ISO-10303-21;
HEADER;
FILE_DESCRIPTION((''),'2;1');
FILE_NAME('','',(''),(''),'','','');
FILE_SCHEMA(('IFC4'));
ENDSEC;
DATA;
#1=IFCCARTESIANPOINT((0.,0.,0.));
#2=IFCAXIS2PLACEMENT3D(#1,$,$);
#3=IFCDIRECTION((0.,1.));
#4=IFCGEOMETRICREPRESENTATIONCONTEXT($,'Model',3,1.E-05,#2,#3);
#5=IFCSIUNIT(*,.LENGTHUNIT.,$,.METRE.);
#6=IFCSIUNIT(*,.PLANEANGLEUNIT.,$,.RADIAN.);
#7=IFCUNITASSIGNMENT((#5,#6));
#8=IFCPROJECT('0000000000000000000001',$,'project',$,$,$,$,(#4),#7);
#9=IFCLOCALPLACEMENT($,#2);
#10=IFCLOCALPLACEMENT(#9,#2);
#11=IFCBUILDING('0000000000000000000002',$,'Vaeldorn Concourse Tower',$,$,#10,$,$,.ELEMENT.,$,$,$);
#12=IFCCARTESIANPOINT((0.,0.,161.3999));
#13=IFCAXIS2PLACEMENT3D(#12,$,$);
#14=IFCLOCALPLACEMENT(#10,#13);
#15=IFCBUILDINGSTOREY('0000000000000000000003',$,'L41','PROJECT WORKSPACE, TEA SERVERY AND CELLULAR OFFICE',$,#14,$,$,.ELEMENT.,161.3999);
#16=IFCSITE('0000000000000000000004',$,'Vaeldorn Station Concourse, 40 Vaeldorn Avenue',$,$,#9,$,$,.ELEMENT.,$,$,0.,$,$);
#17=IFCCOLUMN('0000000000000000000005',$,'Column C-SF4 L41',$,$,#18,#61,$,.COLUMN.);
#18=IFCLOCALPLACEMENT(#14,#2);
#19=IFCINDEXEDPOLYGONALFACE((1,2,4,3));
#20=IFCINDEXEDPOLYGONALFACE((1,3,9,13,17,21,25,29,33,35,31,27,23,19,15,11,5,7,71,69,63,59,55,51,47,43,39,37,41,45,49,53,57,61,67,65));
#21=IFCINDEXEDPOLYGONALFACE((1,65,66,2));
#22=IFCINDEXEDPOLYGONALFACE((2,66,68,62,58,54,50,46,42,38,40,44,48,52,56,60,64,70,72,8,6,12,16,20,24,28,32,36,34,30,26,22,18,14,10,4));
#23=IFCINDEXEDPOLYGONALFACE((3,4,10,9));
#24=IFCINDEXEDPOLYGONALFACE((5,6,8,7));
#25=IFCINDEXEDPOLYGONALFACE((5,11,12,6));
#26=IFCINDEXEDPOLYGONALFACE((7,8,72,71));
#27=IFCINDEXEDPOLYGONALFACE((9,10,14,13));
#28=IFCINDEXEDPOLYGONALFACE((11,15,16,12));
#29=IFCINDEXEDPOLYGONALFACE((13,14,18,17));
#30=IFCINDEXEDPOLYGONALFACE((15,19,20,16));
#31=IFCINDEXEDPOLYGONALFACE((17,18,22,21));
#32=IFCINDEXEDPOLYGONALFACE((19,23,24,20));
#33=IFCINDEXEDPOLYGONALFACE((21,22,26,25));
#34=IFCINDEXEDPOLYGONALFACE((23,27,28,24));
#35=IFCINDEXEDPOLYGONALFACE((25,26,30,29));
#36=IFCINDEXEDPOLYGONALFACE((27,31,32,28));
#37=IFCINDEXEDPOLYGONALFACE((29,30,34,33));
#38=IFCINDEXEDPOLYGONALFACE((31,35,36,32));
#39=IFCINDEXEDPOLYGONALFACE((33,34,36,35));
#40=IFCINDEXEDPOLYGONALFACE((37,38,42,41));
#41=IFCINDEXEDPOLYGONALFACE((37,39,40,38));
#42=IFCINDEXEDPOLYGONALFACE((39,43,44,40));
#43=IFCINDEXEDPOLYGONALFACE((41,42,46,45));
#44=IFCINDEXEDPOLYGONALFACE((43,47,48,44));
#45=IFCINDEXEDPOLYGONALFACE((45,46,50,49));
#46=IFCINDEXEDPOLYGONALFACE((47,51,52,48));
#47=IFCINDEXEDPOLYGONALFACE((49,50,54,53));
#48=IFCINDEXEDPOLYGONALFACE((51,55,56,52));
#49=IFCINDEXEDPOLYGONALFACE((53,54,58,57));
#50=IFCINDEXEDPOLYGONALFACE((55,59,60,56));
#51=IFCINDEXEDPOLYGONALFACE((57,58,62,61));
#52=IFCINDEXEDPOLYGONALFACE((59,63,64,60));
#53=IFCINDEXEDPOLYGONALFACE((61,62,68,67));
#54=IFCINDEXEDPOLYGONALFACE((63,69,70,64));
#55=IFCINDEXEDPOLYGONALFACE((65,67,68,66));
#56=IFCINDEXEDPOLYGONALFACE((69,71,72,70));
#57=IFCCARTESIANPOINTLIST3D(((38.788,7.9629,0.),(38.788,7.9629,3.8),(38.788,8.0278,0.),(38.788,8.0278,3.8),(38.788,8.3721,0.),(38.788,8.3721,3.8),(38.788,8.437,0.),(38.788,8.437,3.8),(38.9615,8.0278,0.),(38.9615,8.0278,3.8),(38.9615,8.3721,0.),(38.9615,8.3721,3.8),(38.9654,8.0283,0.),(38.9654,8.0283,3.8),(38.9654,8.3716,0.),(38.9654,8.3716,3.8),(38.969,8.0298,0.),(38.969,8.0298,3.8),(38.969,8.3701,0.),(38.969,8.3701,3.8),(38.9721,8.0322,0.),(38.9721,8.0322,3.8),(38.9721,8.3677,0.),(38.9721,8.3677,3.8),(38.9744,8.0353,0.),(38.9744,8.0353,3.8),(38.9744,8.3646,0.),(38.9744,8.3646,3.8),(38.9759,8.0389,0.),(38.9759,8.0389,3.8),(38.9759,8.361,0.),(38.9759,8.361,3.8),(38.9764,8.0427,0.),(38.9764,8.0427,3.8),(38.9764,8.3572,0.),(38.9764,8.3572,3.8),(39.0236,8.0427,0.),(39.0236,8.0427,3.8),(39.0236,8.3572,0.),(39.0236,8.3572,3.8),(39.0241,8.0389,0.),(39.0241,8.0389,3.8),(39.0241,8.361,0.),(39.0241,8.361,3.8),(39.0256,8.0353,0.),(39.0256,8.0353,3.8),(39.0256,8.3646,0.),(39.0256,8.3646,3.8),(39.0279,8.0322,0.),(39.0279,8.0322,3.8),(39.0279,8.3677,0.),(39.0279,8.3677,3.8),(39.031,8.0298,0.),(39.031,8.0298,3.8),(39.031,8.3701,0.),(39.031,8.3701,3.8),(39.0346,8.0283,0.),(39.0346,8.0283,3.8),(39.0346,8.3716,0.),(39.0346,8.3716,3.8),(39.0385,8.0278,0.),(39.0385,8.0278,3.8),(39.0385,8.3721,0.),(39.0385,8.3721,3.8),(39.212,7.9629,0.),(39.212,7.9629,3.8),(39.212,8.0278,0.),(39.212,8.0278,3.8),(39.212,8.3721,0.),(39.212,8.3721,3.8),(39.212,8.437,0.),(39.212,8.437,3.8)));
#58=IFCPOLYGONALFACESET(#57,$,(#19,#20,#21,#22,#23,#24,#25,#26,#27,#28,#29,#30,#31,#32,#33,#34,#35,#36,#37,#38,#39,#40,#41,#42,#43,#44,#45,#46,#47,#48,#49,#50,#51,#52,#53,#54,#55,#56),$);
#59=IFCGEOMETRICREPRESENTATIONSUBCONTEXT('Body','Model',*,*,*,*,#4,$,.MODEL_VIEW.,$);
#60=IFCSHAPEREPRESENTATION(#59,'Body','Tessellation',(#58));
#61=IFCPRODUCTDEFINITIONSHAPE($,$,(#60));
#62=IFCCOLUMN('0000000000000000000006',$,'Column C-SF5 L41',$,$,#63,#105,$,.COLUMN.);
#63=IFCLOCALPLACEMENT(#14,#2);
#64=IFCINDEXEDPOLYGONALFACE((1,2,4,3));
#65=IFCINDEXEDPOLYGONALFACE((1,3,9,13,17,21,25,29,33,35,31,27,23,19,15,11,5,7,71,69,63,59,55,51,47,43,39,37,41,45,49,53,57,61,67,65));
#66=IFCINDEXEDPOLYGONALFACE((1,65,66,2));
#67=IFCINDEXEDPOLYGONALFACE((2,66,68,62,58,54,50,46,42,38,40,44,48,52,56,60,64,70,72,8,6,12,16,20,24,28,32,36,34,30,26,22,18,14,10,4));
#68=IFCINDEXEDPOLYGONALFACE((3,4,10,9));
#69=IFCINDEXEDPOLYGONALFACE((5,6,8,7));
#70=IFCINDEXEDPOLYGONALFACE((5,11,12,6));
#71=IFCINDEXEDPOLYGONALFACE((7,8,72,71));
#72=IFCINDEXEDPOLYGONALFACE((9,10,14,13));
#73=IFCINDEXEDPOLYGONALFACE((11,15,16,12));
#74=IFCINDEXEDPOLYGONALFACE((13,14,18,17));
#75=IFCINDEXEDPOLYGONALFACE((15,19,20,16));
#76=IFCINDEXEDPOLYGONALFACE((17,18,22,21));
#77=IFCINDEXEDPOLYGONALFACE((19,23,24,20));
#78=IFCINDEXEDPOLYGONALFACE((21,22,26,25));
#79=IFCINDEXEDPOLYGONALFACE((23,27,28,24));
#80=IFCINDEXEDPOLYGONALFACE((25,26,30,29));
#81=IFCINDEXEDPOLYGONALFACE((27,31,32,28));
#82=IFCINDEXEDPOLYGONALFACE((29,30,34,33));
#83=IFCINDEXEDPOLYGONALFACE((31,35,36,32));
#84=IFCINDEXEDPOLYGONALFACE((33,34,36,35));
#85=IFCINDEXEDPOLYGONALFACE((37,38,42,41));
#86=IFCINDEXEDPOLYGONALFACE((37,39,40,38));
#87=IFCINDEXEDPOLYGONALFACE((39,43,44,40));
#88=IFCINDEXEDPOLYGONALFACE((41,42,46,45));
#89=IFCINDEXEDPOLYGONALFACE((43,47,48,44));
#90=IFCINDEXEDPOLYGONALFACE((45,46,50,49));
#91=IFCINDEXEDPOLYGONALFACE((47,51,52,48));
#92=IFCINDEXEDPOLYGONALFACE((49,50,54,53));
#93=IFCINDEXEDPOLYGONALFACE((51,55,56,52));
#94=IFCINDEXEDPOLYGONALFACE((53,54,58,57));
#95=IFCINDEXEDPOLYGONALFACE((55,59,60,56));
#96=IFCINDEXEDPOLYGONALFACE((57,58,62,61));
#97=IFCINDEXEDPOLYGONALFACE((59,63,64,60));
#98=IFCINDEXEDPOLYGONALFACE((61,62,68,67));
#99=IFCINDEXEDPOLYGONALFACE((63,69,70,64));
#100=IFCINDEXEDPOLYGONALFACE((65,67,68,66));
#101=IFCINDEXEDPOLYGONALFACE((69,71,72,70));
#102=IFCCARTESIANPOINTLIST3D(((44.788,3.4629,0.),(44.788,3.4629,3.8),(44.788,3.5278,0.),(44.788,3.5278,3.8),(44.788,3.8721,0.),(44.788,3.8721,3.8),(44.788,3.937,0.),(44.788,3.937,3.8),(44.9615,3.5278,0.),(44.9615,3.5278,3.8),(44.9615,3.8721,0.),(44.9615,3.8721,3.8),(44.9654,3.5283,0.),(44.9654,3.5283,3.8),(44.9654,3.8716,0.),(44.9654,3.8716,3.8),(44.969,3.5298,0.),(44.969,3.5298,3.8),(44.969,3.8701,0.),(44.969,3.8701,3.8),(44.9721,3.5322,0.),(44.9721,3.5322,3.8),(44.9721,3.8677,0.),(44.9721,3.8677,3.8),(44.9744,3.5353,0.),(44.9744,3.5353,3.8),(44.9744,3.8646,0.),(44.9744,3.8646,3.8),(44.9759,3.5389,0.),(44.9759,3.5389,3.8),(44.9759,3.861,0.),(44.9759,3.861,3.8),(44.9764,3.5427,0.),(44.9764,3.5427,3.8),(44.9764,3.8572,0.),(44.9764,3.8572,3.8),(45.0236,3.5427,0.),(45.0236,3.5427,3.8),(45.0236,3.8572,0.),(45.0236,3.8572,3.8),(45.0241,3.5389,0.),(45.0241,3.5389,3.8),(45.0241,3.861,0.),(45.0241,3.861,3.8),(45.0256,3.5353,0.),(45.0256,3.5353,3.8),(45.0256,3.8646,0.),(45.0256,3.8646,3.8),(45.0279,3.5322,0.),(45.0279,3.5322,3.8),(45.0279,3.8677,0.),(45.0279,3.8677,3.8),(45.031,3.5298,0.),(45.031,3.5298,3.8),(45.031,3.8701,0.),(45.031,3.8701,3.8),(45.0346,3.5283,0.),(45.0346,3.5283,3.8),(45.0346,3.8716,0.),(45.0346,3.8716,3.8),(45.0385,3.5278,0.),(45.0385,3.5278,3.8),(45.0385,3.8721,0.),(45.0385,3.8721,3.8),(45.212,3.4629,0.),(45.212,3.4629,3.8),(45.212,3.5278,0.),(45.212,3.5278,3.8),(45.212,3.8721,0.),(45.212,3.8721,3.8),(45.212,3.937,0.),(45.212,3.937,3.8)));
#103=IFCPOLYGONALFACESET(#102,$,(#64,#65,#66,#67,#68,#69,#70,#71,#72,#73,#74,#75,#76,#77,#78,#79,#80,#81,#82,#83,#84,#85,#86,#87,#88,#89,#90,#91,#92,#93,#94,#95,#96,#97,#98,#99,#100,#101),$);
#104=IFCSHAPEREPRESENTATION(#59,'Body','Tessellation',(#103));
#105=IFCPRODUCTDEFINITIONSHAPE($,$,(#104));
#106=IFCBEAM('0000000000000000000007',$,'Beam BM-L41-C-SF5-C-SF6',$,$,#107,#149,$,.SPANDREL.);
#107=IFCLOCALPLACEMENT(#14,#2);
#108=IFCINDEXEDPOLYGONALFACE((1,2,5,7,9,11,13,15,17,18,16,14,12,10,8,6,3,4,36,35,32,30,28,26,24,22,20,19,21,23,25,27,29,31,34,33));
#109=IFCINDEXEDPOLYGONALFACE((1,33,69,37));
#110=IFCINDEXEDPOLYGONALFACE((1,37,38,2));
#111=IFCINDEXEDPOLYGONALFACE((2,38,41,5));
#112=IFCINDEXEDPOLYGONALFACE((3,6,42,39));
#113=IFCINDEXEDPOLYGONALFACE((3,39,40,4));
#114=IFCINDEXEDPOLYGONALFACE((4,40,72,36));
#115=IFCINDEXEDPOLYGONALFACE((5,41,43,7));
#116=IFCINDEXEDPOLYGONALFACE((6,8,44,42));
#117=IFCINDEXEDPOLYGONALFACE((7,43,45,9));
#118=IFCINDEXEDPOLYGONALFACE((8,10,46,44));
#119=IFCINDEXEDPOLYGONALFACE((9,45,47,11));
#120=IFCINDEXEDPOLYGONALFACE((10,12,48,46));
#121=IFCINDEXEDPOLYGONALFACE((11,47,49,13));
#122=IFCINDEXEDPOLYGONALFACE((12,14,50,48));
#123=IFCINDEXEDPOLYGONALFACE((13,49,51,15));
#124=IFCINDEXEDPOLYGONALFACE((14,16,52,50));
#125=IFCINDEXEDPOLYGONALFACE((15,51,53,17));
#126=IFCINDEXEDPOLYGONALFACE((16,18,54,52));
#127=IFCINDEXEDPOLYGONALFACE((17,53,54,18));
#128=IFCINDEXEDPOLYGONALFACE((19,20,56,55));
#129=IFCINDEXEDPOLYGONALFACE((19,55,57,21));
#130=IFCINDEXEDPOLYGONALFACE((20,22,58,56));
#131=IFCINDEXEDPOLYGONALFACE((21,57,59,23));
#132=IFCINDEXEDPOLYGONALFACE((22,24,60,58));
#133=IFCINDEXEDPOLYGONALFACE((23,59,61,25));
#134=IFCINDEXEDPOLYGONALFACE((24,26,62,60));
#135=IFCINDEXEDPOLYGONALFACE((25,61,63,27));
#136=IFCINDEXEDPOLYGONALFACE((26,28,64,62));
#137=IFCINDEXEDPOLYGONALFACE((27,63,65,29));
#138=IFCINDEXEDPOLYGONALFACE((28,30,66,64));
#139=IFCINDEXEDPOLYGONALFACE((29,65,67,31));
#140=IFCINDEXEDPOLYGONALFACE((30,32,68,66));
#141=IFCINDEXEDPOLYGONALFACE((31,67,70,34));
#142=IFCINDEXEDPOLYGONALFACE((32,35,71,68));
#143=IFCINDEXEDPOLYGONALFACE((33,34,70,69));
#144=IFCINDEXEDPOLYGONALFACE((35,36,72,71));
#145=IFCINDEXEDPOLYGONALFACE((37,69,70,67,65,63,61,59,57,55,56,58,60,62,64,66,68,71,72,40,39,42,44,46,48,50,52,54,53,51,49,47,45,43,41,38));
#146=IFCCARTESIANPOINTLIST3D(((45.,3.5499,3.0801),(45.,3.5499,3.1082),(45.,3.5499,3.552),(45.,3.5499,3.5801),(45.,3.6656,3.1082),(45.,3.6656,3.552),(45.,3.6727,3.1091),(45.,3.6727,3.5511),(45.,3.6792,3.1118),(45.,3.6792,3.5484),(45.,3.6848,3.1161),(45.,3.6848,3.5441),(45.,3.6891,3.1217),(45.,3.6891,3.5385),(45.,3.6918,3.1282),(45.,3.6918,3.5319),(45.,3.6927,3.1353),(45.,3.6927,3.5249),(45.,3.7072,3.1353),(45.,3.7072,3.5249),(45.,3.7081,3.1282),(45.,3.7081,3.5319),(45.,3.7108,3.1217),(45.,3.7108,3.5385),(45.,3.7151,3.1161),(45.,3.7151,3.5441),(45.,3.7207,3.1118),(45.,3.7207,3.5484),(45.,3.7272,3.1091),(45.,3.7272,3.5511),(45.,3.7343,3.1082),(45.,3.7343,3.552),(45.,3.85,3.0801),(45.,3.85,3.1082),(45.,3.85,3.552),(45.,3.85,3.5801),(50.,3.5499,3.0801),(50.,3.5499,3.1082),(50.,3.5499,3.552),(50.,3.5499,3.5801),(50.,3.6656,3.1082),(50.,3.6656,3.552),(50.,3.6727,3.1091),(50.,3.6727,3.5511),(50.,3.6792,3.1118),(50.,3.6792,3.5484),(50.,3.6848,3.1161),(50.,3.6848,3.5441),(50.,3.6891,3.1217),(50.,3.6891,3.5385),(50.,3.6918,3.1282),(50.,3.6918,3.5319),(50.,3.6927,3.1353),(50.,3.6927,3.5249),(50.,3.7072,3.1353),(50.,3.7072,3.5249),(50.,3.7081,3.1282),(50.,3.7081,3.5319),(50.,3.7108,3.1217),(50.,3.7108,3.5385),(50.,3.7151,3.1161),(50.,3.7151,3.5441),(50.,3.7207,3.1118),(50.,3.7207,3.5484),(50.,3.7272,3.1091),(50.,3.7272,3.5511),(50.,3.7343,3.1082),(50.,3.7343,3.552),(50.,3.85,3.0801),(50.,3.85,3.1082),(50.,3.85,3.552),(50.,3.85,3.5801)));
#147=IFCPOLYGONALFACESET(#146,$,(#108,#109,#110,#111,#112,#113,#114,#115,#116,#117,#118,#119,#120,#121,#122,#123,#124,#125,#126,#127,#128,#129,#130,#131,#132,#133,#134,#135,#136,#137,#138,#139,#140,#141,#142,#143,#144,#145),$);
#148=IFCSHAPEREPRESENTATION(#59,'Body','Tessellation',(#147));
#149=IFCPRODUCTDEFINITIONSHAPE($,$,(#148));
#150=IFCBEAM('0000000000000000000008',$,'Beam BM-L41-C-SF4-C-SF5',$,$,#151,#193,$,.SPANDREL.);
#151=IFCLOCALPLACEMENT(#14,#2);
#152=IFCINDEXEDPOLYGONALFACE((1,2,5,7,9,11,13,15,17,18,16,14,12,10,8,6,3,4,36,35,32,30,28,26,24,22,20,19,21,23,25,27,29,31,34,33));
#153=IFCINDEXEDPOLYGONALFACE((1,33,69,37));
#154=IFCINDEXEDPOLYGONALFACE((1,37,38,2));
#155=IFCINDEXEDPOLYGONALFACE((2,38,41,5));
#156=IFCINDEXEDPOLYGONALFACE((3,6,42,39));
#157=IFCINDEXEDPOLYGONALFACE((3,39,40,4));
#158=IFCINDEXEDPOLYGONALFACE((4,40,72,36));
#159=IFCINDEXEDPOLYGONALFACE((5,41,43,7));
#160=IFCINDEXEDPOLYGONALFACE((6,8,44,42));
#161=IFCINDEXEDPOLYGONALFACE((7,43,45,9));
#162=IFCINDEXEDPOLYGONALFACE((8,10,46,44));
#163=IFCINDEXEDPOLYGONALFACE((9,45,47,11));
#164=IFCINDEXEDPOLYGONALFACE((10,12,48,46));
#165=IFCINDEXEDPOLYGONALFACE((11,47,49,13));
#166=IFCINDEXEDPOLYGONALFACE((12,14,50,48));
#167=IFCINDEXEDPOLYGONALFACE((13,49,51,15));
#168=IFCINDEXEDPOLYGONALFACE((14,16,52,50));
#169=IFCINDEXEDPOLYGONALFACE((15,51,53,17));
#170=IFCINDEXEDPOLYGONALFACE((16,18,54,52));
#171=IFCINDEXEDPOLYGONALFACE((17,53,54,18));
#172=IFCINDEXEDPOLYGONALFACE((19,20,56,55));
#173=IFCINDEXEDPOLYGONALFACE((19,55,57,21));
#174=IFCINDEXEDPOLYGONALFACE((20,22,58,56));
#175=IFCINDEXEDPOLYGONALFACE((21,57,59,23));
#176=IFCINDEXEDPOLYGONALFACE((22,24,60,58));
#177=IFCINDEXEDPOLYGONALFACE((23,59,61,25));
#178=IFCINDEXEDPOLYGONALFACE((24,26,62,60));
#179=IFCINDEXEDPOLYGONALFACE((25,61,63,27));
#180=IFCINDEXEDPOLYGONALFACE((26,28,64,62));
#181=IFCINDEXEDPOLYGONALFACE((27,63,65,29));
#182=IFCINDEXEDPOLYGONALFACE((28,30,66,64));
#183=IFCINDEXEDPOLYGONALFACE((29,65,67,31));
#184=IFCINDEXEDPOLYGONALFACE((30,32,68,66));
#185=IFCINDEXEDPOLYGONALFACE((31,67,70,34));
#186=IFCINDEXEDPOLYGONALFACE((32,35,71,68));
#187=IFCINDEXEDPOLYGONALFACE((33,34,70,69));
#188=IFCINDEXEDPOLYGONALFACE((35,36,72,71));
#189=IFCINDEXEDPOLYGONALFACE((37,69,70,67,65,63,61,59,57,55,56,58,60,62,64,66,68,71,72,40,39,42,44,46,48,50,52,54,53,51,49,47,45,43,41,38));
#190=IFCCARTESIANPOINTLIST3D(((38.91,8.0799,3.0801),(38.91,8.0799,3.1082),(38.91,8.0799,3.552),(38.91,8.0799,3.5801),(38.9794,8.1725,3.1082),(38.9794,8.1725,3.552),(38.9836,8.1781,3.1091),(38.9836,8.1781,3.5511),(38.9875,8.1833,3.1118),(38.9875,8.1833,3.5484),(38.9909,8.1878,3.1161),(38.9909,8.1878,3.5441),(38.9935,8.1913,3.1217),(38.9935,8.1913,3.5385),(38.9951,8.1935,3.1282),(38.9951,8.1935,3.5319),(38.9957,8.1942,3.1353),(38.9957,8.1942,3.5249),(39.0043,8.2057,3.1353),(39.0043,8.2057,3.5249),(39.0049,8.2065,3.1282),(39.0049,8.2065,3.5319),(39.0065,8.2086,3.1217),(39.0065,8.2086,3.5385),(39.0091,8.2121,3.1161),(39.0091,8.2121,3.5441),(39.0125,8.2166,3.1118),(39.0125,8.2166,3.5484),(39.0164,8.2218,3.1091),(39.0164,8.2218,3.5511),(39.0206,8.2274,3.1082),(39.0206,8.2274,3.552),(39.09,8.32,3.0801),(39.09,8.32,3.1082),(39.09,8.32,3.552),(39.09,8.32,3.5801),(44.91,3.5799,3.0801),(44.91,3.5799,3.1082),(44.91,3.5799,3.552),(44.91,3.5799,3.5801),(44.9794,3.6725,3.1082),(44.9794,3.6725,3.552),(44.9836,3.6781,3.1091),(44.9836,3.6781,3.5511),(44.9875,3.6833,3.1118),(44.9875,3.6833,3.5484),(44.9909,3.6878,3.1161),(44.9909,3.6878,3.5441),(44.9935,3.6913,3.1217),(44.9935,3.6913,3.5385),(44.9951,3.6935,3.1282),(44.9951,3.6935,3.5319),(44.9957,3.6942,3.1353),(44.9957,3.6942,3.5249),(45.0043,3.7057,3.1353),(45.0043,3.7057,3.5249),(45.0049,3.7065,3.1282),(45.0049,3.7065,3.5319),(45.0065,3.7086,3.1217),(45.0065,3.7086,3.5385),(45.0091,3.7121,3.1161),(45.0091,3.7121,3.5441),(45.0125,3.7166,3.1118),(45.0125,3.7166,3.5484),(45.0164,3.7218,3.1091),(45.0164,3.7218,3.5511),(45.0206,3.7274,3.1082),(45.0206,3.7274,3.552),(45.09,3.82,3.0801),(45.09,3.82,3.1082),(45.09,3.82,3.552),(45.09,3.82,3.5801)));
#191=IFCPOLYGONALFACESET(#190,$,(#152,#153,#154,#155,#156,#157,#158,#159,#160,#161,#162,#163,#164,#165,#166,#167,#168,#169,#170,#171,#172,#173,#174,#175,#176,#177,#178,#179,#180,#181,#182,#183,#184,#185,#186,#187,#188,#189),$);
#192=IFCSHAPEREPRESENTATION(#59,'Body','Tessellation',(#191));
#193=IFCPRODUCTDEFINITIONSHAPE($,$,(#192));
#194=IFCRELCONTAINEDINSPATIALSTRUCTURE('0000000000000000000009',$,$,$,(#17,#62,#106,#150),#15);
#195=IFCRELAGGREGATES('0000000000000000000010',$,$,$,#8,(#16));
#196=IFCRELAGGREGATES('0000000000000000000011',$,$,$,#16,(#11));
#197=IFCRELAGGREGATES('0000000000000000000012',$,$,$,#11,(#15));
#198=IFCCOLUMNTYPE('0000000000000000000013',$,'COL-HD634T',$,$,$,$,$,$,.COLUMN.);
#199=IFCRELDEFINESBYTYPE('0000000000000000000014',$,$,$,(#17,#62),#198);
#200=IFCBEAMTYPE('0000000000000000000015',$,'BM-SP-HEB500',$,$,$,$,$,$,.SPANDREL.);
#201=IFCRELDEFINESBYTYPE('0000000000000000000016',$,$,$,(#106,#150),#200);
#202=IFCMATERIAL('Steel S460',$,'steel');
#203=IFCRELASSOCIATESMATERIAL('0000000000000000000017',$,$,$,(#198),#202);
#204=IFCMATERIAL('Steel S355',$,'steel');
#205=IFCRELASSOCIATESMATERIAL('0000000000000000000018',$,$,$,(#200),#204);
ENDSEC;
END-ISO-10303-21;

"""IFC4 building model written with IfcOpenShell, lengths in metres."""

from ifc_helpers import new_model, si_unit, direction, frame, origin, origin_2d, place, context, subcontext, project, spatial, i_section, extrude, source, transform, mapped, material, material_profile, profile_set, type_object, element, save


model = new_model("IFC4")

# Units and contexts
model_context = context("Model", 3, precision=1e-05, world=origin(), true_north=direction((0.0, 1.0)))
body_context = subcontext(model_context, "Body", "Model", "MODEL_VIEW")
ifc_project = project(units=[si_unit("LENGTHUNIT", "METRE"), si_unit("PLANEANGLEUNIT", "RADIAN")], contexts=[model_context])

# Site, building, storey
site_placement = place(None, origin())
site = spatial("IfcSite", under=ifc_project, at=site_placement, Name="Vaeldorn Station Concourse, 40 Vaeldorn Avenue", CompositionType="ELEMENT", RefElevation=0.0)
building_placement = place(site_placement, origin())
building = spatial("IfcBuilding", under=site, at=building_placement, Name="Vaeldorn Concourse Tower", CompositionType="ELEMENT")
storey_placement = place(building_placement, frame((0.0, 0.0, 161.3999)))
storey = spatial("IfcBuildingStorey", under=building, at=storey_placement, Name="L41", Description="PROJECT WORKSPACE, TEA SERVERY AND CELLULAR OFFICE", CompositionType="ELEMENT", Elevation=161.3999)

# Columns
ifc_material_1 = material(Name="Steel S460", Category="steel")
ifc_material_profile_1 = material_profile(ifc_material_1, i_section(OverallWidth=0.4241, OverallDepth=0.4741, WebThickness=0.0471, FlangeThickness=0.0649, FilletRadius=0.0149, at=origin_2d()), Name="HD 400x634")
ifc_profile_set_1 = profile_set([ifc_material_profile_1], Name="Steel S460")
column_type = type_object("IfcColumnType", Name="COL-HD634T", PredefinedType="COLUMN", material=ifc_profile_set_1)
shared_shape_1 = source(origin(), body_context, "Body", "SweptSolid", [
    extrude(i_section(OverallWidth=0.4241, OverallDepth=0.4741, WebThickness=0.0471, FlangeThickness=0.0649, FilletRadius=0.0149, at=origin_2d()), origin(), (0.0, 0.0, 1.0), 3.8),
])
for number, where, z_axis, x_axis, name in (
    (1, (39.0, 8.2, 0.0), (0.0, 0.0, 1.0), (1.0, 0.0, 0.0), "Column C-SF4 L41"),
    (2, (45.0, 3.7, 0.0), (0.0, 0.0, 1.0), (1.0, 0.0, 0.0), "Column C-SF5 L41"),
):
    element("IfcColumn", number, at=place(storey_placement, frame(where, z_axis=z_axis, x_axis=x_axis)), inside=storey, type_object=column_type, Name=name, PredefinedType="COLUMN", context=body_context, shape_type="MappedRepresentation", body=[
        mapped(shared_shape_1, transform((0.0, 0.0, 0.0), scale=1.0)),
    ])

# Beams
ifc_material_2 = material(Name="Steel S355", Category="steel")
ifc_material_profile_2 = material_profile(ifc_material_2, i_section(OverallWidth=0.3, OverallDepth=0.5, WebThickness=0.0144, FlangeThickness=0.0281, FilletRadius=0.0271, at=origin_2d()), Name="HEB 500")
ifc_profile_set_2 = profile_set([ifc_material_profile_2], Name="Steel S355")
beam_type_1 = type_object("IfcBeamType", Name="BM-SP-HEB500", PredefinedType="SPANDREL", material=ifc_profile_set_2)
shared_shape_2 = source(origin(), body_context, "Body", "SweptSolid", [
    extrude(i_section(OverallWidth=0.3, OverallDepth=0.5, WebThickness=0.0144, FlangeThickness=0.0281, FilletRadius=0.0271, at=origin_2d()), origin(), (0.0, 0.0, 1.0), 5.0),
])
beam_1_placement = place(storey_placement, frame((45.0, 3.7, 3.3301), z_axis=(1.0, 0.0, 0.0), x_axis=(0.0, 1.0, 0.0)))
element("IfcBeam", 3, at=beam_1_placement, inside=storey, type_object=beam_type_1, Name="Beam BM-L41-C-SF5-C-SF6", PredefinedType="SPANDREL", context=body_context, shape_type="MappedRepresentation", body=[
    mapped(shared_shape_2, transform((0.0, 0.0, 0.0), scale=1.0)),
])
shared_shape_3 = source(origin(), body_context, "Body", "SweptSolid", [
    extrude(i_section(OverallWidth=0.3, OverallDepth=0.5, WebThickness=0.0144, FlangeThickness=0.0281, FilletRadius=0.0271, at=origin_2d()), origin(), (0.0, 0.0, 1.0), 7.5),
])
beam_2_placement = place(storey_placement, frame((39.0, 8.2, 3.3301), z_axis=(0.8, -0.6, 0.0), x_axis=(0.6, 0.8, 0.0)))
element("IfcBeam", 4, at=beam_2_placement, inside=storey, type_object=beam_type_1, Name="Beam BM-L41-C-SF4-C-SF5", PredefinedType="SPANDREL", context=body_context, shape_type="MappedRepresentation", body=[
    mapped(shared_shape_3, transform((0.0, 0.0, 0.0), scale=1.0)),
])

save(model, "model.ifc")
